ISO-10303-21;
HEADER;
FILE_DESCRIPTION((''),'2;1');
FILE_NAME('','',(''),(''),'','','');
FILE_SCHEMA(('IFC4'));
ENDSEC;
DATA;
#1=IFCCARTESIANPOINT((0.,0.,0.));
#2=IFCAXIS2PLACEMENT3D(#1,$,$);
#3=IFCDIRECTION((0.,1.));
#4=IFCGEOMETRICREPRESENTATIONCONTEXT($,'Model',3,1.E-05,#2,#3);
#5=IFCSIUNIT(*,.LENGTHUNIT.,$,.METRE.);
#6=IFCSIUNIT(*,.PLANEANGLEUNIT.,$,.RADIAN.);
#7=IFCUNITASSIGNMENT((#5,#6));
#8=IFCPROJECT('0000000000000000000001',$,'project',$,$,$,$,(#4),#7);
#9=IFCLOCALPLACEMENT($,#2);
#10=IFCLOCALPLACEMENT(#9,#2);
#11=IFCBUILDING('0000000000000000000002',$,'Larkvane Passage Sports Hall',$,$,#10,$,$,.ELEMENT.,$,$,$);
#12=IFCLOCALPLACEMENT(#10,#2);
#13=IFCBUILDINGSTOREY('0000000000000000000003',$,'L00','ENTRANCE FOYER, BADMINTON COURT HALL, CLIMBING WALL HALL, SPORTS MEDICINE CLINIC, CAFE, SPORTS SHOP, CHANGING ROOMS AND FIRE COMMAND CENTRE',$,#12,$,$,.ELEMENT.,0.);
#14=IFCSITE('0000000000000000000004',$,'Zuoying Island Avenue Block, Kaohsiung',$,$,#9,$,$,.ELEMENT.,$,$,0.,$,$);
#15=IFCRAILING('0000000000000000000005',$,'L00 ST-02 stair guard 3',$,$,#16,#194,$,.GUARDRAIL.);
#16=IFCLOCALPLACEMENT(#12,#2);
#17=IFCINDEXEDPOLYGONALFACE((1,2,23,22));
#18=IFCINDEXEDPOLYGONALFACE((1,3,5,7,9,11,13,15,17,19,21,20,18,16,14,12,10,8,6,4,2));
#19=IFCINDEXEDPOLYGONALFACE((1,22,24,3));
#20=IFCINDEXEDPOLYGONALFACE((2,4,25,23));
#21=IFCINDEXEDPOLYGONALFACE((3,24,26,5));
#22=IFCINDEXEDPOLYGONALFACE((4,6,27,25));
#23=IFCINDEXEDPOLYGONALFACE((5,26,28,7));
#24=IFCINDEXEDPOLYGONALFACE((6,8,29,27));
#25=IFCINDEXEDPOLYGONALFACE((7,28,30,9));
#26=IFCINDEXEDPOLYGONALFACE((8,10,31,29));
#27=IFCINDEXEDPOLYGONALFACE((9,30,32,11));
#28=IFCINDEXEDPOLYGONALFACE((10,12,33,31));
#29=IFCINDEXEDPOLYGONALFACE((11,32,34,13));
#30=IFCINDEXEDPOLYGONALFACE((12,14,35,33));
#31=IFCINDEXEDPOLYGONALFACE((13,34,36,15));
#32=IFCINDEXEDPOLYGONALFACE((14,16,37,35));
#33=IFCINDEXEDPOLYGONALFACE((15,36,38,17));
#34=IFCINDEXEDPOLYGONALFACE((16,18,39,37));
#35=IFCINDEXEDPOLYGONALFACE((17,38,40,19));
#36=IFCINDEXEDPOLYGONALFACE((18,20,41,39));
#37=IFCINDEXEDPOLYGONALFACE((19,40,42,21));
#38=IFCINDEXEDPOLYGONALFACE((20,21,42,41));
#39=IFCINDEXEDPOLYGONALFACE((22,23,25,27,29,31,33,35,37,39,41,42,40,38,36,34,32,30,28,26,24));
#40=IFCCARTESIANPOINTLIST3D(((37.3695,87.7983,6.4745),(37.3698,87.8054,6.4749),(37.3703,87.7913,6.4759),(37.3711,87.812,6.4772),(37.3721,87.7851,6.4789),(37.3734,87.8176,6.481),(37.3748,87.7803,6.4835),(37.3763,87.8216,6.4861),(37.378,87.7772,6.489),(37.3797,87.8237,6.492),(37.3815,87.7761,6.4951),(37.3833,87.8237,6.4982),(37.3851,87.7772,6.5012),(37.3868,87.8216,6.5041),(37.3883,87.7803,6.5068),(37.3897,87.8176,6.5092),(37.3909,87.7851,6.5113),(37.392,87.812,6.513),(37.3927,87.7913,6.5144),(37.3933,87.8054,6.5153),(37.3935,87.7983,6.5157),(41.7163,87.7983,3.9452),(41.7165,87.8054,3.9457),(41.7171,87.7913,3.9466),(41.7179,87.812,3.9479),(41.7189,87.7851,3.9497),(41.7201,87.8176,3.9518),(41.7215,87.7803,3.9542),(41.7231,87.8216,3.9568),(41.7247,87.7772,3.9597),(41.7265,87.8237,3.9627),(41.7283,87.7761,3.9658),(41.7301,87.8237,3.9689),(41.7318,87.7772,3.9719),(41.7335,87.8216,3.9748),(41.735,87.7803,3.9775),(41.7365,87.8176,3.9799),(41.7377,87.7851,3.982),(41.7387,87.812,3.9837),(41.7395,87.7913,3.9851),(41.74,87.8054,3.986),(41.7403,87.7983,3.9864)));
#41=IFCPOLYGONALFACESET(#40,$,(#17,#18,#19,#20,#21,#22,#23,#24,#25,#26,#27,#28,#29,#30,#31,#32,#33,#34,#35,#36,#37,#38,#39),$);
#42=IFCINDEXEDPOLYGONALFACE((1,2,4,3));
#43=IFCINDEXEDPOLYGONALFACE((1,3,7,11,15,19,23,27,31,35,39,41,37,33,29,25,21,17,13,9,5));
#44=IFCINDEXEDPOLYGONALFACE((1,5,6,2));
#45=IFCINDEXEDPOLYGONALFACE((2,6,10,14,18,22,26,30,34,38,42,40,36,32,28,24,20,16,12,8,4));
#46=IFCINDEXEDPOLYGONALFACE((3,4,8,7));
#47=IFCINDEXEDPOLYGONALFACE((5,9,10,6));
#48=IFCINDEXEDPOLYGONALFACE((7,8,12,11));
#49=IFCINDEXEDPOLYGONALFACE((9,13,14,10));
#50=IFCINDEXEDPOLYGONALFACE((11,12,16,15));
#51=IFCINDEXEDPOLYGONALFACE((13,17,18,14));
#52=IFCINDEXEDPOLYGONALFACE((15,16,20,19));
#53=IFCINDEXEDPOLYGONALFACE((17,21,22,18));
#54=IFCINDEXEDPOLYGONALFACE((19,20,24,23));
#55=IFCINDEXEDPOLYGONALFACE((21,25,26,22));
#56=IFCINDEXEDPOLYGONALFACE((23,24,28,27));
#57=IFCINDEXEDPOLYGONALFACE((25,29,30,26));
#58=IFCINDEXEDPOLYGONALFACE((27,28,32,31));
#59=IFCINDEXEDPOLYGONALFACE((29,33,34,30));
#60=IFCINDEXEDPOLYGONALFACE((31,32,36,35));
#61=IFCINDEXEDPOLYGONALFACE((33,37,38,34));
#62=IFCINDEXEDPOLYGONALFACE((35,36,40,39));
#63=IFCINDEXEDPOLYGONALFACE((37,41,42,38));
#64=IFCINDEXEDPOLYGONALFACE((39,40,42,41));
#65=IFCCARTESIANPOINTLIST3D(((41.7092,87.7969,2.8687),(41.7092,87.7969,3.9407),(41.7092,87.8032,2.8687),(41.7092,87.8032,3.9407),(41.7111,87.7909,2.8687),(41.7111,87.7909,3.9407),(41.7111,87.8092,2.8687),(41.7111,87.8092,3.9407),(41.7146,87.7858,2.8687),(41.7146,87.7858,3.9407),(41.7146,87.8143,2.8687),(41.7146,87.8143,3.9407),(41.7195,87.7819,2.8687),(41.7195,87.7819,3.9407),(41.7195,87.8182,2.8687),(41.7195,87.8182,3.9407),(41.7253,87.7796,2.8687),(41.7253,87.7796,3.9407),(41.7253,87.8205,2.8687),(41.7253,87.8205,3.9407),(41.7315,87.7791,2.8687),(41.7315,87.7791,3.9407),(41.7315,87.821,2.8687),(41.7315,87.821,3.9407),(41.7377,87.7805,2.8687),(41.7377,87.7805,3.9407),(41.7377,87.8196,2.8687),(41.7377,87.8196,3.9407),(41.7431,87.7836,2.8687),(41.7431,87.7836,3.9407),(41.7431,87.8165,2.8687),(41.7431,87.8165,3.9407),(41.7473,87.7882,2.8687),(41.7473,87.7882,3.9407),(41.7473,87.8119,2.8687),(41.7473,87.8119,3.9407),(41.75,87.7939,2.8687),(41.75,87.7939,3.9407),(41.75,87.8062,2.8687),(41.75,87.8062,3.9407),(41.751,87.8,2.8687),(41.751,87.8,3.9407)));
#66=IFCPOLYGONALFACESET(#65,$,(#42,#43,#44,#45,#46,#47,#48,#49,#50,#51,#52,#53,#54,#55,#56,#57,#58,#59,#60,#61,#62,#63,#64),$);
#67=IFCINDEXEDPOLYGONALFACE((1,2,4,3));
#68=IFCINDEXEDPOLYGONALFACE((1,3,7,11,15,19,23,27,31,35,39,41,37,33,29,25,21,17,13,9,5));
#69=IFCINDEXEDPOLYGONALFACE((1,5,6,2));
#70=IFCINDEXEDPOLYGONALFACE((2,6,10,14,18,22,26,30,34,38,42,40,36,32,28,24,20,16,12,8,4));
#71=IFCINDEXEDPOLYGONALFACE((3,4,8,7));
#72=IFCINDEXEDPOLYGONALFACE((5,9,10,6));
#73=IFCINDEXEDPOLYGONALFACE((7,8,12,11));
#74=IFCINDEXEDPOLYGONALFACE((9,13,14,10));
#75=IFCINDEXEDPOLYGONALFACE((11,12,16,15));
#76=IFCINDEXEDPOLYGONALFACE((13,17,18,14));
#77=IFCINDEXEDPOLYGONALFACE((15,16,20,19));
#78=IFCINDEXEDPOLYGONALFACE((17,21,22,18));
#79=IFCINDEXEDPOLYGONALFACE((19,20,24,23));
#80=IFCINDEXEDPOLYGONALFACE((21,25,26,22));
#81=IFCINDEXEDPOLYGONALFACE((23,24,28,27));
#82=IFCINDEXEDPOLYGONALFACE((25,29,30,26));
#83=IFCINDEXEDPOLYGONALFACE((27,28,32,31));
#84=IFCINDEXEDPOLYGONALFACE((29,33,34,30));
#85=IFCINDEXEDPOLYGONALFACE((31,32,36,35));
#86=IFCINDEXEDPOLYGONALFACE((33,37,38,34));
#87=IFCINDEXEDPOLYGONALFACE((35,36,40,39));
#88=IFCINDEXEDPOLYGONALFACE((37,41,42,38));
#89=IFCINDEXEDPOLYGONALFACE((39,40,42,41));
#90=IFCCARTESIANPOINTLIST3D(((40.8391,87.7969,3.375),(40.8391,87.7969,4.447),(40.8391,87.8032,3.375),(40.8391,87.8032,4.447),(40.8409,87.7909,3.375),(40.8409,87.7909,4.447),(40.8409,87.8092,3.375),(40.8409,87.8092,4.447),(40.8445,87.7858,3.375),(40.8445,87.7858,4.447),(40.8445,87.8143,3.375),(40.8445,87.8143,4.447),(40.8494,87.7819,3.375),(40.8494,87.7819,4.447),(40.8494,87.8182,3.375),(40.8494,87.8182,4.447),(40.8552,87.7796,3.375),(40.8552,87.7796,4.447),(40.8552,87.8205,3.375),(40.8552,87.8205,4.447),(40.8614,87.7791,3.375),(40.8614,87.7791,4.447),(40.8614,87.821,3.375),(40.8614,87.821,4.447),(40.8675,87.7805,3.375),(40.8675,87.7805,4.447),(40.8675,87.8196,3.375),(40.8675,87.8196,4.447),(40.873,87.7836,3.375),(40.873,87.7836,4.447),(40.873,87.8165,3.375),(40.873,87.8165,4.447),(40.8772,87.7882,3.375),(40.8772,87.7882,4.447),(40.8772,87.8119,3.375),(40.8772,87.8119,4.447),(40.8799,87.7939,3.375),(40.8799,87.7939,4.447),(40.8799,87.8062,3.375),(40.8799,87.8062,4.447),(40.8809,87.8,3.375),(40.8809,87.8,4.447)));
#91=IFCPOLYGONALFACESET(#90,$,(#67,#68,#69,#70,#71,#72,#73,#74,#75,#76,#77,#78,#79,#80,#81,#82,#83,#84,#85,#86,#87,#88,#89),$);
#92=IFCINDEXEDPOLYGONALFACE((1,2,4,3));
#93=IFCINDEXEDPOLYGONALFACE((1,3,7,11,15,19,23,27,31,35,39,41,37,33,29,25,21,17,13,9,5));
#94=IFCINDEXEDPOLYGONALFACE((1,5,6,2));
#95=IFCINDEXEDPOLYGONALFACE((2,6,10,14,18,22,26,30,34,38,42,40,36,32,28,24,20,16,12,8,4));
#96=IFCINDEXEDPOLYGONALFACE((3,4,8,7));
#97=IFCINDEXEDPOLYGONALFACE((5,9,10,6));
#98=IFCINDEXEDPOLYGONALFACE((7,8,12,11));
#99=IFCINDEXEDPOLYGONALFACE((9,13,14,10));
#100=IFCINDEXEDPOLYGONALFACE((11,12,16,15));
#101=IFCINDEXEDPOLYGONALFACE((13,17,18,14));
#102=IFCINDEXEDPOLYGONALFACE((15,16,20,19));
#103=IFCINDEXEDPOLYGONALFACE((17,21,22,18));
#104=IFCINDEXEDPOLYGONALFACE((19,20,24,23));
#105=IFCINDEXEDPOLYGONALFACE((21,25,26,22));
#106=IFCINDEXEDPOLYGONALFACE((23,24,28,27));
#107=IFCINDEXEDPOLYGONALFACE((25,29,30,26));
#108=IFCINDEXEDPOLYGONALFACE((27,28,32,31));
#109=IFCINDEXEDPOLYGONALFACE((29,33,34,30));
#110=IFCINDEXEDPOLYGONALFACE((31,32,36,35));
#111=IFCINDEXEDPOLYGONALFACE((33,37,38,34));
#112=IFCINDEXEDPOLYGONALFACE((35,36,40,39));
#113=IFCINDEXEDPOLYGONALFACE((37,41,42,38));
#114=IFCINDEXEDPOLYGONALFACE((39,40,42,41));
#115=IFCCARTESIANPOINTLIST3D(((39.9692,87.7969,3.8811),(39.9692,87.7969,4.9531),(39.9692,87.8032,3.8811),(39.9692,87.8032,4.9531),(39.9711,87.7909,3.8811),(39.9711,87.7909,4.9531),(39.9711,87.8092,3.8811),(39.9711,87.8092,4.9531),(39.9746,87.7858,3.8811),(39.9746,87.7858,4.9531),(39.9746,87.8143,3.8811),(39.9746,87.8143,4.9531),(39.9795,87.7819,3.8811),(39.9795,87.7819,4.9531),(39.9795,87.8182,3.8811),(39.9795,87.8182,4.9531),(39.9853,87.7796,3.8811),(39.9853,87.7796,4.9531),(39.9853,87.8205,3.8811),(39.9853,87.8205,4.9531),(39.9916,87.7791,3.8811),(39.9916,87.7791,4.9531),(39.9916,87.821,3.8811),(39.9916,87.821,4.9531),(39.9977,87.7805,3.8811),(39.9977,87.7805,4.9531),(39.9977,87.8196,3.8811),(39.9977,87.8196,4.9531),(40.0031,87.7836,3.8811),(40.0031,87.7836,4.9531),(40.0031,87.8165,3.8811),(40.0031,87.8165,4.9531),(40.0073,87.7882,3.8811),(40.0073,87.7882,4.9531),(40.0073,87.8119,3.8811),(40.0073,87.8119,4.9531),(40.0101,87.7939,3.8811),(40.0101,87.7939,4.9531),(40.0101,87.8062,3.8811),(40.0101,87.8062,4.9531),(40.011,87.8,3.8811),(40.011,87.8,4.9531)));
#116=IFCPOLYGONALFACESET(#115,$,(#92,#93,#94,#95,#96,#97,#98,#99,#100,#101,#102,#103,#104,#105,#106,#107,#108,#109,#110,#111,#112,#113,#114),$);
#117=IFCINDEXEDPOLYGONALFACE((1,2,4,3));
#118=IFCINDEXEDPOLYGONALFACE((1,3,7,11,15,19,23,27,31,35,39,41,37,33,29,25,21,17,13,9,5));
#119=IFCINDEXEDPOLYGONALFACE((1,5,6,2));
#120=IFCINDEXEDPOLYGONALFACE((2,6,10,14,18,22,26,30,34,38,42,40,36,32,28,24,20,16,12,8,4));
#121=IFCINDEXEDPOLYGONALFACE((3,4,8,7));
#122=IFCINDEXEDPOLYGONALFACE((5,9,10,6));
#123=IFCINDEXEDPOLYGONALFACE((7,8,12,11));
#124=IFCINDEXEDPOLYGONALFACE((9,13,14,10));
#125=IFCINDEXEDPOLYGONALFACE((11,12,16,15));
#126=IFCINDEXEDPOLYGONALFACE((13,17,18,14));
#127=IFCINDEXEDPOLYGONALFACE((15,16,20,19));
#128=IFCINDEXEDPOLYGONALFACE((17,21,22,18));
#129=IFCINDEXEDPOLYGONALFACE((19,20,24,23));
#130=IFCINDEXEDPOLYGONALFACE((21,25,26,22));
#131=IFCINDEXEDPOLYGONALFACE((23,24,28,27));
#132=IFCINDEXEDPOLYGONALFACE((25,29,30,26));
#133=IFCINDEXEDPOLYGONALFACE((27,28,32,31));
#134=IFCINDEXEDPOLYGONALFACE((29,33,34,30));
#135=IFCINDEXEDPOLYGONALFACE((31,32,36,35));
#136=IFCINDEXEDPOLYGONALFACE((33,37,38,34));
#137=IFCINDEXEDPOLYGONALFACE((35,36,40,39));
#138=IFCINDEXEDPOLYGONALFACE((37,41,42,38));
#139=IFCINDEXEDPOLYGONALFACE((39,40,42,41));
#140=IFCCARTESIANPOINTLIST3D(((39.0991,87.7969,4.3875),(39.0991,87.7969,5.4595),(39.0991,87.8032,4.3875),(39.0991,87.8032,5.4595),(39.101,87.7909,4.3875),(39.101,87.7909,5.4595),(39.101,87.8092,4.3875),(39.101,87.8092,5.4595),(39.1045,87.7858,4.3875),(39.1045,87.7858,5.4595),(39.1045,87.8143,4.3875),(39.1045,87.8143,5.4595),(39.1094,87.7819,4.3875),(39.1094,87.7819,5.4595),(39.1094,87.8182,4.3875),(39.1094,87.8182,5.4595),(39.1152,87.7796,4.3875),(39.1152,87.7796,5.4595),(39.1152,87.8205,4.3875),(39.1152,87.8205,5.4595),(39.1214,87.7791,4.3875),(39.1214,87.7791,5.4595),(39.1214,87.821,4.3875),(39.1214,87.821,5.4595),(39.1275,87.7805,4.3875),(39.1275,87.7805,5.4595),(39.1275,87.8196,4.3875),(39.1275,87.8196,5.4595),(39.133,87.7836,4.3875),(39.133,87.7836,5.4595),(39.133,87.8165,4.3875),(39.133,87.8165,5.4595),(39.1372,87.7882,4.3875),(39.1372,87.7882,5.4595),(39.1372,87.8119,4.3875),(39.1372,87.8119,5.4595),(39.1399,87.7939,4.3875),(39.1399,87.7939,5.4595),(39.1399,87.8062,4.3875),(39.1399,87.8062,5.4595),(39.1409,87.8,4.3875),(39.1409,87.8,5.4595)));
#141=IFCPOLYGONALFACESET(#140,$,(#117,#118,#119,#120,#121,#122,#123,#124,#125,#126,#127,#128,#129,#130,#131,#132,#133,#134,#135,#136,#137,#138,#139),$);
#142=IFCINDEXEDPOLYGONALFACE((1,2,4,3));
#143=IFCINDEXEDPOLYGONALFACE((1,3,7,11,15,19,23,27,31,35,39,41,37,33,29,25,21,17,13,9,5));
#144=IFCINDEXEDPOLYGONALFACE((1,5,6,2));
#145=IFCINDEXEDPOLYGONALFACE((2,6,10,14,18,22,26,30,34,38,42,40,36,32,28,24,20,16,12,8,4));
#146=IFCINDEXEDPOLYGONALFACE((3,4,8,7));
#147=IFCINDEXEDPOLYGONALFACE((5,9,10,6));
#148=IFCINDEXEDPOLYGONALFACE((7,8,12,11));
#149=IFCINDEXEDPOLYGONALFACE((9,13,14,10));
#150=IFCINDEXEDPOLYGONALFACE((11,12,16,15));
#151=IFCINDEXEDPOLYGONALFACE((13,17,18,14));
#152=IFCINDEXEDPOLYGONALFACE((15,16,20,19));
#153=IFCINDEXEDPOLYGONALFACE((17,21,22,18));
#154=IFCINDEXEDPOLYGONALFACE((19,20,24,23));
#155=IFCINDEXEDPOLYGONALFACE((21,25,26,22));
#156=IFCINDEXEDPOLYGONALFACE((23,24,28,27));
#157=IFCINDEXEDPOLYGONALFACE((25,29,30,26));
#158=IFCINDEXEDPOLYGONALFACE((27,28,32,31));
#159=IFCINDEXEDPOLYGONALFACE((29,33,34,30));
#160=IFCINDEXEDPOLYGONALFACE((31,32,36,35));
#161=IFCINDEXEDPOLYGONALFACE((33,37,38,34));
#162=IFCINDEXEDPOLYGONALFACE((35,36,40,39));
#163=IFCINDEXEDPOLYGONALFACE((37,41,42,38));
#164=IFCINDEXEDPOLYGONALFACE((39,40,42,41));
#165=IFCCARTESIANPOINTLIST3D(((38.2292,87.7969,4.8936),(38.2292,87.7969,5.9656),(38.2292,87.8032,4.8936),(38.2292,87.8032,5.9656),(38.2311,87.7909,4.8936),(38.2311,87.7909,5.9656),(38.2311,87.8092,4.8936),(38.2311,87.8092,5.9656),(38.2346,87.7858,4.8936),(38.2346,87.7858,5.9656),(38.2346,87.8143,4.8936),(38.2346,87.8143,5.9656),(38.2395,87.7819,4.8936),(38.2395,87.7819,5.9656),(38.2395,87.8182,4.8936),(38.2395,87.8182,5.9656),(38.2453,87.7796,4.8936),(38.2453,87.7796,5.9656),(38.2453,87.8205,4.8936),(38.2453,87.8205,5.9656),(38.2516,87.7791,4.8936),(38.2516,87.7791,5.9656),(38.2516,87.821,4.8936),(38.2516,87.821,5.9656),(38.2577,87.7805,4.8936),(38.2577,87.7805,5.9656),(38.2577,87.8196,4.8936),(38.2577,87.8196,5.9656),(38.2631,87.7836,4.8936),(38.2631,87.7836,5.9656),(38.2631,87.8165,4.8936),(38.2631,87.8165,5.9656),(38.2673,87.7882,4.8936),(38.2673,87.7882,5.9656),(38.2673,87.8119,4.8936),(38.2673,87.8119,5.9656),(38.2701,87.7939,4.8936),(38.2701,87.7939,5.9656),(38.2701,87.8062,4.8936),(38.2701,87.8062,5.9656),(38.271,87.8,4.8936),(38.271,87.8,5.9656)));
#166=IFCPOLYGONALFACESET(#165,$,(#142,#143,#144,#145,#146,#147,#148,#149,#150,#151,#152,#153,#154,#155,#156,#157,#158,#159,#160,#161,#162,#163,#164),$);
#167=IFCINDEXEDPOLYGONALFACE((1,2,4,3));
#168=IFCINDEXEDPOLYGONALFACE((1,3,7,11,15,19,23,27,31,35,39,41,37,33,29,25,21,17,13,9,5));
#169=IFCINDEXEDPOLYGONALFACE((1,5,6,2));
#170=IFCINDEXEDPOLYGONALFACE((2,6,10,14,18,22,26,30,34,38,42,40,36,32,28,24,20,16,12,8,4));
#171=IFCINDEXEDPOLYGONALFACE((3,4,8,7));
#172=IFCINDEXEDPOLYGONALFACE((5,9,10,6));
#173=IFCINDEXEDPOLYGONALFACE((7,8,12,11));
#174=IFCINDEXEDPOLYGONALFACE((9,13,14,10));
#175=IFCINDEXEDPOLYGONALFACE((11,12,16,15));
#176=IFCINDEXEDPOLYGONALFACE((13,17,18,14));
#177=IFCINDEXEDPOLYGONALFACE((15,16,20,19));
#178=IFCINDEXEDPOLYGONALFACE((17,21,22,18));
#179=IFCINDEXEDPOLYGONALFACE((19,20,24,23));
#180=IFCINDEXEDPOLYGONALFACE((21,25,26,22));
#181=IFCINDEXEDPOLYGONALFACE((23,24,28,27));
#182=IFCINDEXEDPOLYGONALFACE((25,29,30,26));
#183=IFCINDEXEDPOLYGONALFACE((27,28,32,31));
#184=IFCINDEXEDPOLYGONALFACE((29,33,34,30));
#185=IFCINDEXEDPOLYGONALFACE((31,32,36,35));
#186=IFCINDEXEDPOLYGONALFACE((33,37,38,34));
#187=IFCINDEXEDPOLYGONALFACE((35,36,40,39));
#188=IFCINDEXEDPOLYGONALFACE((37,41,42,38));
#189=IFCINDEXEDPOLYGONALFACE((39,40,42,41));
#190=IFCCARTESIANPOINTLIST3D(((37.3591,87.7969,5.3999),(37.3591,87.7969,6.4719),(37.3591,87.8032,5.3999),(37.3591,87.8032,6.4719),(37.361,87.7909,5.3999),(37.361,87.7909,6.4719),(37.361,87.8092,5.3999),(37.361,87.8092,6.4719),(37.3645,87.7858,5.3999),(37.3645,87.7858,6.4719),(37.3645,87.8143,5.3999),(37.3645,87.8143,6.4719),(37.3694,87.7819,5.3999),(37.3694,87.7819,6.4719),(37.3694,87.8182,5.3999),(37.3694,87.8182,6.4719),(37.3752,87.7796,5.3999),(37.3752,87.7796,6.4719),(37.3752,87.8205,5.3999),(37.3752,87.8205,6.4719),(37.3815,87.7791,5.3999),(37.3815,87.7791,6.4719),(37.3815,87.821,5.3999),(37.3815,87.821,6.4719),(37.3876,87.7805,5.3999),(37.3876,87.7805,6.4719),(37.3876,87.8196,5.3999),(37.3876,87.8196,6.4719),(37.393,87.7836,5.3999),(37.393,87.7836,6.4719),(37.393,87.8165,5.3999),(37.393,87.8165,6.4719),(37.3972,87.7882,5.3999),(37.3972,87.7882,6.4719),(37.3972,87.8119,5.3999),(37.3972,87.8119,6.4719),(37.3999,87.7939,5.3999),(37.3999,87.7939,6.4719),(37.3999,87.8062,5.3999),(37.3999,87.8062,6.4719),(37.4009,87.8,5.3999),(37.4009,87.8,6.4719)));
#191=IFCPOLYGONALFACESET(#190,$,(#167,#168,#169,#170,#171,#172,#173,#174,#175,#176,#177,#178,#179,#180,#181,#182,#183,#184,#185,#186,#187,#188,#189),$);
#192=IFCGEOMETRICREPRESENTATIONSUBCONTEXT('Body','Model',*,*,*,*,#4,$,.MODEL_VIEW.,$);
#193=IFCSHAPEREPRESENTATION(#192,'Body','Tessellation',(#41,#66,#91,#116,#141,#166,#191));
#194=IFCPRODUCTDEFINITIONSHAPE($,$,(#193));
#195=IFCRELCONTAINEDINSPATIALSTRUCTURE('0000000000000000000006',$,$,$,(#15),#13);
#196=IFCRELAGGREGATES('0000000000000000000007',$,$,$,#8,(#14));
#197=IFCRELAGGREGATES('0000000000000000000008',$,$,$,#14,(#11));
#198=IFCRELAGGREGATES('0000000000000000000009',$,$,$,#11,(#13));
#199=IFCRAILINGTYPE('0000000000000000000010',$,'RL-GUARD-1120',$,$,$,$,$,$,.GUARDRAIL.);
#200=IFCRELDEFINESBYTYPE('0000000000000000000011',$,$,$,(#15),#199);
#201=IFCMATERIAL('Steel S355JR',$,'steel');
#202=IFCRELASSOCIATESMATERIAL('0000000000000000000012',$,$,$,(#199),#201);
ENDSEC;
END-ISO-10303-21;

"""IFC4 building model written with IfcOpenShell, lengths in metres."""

from ifc_helpers import new_model, si_unit, direction, frame, origin, origin_2d, place, context, subcontext, project, spatial, circle, extrude, material, type_object, element, save


model = new_model("IFC4")

# Units and contexts
model_context = context("Model", 3, precision=1e-05, world=origin(), true_north=direction((0.0, 1.0)))
body_context = subcontext(model_context, "Body", "Model", "MODEL_VIEW")
ifc_project = project(units=[si_unit("LENGTHUNIT", "METRE"), si_unit("PLANEANGLEUNIT", "RADIAN")], contexts=[model_context])

# Site, building, storey
site_placement = place(None, origin())
site = spatial("IfcSite", under=ifc_project, at=site_placement, Name="Zuoying Island Avenue Block, Kaohsiung", CompositionType="ELEMENT", RefElevation=0.0)
building_placement = place(site_placement, origin())
building = spatial("IfcBuilding", under=site, at=building_placement, Name="Larkvane Passage Sports Hall", CompositionType="ELEMENT")
storey_placement = place(building_placement, origin())
storey = spatial("IfcBuildingStorey", under=building, at=storey_placement, Name="L00", Description="ENTRANCE FOYER, BADMINTON COURT HALL, CLIMBING WALL HALL, SPORTS MEDICINE CLINIC, CAFE, SPORTS SHOP, CHANGING ROOMS AND FIRE COMMAND CENTRE", CompositionType="ELEMENT", Elevation=0.0)

# Shared definitions
ifc_material_1 = material(Name="Steel S355JR", Category="steel")

# Railing
railing_type_1 = type_object("IfcRailingType", Name="RL-GUARD-1120", PredefinedType="GUARDRAIL", material=ifc_material_1)
railing_1_placement = place(storey_placement, frame((41.73, 87.8, 2.8687)))
element("IfcRailing", 1, at=railing_1_placement, inside=storey, type_object=railing_type_1, Name="L00 ST-02 stair guard 3", PredefinedType="GUARDRAIL", context=body_context, shape_type="SweptSolid", body=[
    extrude(circle(Radius=0.0239, at=origin_2d()), frame((-0.0017, 0.0, 1.0972), z_axis=(-0.864324, 0.0, 0.502936), x_axis=(0.0, -1.0, 0.0)), (0.0, 0.0, 1.0), 5.0291),
    extrude(circle(Radius=0.021, at=origin_2d()), origin(), (0.0, 0.0, 1.0), 1.072),
    extrude(circle(Radius=0.021, at=origin_2d()), frame((-0.8701, 0.0, 0.5063)), (0.0, 0.0, 1.0), 1.072),
    extrude(circle(Radius=0.021, at=origin_2d()), frame((-1.74, 0.0, 1.0125)), (0.0, 0.0, 1.0), 1.072),
    extrude(circle(Radius=0.021, at=origin_2d()), frame((-2.6101, 0.0, 1.5188)), (0.0, 0.0, 1.0), 1.072),
    extrude(circle(Radius=0.021, at=origin_2d()), frame((-3.48, 0.0, 2.0249)), (0.0, 0.0, 1.0), 1.072),
    extrude(circle(Radius=0.021, at=origin_2d()), frame((-4.3501, 0.0, 2.5312)), (0.0, 0.0, 1.0), 1.072),
])

save(model, "model.ifc")
